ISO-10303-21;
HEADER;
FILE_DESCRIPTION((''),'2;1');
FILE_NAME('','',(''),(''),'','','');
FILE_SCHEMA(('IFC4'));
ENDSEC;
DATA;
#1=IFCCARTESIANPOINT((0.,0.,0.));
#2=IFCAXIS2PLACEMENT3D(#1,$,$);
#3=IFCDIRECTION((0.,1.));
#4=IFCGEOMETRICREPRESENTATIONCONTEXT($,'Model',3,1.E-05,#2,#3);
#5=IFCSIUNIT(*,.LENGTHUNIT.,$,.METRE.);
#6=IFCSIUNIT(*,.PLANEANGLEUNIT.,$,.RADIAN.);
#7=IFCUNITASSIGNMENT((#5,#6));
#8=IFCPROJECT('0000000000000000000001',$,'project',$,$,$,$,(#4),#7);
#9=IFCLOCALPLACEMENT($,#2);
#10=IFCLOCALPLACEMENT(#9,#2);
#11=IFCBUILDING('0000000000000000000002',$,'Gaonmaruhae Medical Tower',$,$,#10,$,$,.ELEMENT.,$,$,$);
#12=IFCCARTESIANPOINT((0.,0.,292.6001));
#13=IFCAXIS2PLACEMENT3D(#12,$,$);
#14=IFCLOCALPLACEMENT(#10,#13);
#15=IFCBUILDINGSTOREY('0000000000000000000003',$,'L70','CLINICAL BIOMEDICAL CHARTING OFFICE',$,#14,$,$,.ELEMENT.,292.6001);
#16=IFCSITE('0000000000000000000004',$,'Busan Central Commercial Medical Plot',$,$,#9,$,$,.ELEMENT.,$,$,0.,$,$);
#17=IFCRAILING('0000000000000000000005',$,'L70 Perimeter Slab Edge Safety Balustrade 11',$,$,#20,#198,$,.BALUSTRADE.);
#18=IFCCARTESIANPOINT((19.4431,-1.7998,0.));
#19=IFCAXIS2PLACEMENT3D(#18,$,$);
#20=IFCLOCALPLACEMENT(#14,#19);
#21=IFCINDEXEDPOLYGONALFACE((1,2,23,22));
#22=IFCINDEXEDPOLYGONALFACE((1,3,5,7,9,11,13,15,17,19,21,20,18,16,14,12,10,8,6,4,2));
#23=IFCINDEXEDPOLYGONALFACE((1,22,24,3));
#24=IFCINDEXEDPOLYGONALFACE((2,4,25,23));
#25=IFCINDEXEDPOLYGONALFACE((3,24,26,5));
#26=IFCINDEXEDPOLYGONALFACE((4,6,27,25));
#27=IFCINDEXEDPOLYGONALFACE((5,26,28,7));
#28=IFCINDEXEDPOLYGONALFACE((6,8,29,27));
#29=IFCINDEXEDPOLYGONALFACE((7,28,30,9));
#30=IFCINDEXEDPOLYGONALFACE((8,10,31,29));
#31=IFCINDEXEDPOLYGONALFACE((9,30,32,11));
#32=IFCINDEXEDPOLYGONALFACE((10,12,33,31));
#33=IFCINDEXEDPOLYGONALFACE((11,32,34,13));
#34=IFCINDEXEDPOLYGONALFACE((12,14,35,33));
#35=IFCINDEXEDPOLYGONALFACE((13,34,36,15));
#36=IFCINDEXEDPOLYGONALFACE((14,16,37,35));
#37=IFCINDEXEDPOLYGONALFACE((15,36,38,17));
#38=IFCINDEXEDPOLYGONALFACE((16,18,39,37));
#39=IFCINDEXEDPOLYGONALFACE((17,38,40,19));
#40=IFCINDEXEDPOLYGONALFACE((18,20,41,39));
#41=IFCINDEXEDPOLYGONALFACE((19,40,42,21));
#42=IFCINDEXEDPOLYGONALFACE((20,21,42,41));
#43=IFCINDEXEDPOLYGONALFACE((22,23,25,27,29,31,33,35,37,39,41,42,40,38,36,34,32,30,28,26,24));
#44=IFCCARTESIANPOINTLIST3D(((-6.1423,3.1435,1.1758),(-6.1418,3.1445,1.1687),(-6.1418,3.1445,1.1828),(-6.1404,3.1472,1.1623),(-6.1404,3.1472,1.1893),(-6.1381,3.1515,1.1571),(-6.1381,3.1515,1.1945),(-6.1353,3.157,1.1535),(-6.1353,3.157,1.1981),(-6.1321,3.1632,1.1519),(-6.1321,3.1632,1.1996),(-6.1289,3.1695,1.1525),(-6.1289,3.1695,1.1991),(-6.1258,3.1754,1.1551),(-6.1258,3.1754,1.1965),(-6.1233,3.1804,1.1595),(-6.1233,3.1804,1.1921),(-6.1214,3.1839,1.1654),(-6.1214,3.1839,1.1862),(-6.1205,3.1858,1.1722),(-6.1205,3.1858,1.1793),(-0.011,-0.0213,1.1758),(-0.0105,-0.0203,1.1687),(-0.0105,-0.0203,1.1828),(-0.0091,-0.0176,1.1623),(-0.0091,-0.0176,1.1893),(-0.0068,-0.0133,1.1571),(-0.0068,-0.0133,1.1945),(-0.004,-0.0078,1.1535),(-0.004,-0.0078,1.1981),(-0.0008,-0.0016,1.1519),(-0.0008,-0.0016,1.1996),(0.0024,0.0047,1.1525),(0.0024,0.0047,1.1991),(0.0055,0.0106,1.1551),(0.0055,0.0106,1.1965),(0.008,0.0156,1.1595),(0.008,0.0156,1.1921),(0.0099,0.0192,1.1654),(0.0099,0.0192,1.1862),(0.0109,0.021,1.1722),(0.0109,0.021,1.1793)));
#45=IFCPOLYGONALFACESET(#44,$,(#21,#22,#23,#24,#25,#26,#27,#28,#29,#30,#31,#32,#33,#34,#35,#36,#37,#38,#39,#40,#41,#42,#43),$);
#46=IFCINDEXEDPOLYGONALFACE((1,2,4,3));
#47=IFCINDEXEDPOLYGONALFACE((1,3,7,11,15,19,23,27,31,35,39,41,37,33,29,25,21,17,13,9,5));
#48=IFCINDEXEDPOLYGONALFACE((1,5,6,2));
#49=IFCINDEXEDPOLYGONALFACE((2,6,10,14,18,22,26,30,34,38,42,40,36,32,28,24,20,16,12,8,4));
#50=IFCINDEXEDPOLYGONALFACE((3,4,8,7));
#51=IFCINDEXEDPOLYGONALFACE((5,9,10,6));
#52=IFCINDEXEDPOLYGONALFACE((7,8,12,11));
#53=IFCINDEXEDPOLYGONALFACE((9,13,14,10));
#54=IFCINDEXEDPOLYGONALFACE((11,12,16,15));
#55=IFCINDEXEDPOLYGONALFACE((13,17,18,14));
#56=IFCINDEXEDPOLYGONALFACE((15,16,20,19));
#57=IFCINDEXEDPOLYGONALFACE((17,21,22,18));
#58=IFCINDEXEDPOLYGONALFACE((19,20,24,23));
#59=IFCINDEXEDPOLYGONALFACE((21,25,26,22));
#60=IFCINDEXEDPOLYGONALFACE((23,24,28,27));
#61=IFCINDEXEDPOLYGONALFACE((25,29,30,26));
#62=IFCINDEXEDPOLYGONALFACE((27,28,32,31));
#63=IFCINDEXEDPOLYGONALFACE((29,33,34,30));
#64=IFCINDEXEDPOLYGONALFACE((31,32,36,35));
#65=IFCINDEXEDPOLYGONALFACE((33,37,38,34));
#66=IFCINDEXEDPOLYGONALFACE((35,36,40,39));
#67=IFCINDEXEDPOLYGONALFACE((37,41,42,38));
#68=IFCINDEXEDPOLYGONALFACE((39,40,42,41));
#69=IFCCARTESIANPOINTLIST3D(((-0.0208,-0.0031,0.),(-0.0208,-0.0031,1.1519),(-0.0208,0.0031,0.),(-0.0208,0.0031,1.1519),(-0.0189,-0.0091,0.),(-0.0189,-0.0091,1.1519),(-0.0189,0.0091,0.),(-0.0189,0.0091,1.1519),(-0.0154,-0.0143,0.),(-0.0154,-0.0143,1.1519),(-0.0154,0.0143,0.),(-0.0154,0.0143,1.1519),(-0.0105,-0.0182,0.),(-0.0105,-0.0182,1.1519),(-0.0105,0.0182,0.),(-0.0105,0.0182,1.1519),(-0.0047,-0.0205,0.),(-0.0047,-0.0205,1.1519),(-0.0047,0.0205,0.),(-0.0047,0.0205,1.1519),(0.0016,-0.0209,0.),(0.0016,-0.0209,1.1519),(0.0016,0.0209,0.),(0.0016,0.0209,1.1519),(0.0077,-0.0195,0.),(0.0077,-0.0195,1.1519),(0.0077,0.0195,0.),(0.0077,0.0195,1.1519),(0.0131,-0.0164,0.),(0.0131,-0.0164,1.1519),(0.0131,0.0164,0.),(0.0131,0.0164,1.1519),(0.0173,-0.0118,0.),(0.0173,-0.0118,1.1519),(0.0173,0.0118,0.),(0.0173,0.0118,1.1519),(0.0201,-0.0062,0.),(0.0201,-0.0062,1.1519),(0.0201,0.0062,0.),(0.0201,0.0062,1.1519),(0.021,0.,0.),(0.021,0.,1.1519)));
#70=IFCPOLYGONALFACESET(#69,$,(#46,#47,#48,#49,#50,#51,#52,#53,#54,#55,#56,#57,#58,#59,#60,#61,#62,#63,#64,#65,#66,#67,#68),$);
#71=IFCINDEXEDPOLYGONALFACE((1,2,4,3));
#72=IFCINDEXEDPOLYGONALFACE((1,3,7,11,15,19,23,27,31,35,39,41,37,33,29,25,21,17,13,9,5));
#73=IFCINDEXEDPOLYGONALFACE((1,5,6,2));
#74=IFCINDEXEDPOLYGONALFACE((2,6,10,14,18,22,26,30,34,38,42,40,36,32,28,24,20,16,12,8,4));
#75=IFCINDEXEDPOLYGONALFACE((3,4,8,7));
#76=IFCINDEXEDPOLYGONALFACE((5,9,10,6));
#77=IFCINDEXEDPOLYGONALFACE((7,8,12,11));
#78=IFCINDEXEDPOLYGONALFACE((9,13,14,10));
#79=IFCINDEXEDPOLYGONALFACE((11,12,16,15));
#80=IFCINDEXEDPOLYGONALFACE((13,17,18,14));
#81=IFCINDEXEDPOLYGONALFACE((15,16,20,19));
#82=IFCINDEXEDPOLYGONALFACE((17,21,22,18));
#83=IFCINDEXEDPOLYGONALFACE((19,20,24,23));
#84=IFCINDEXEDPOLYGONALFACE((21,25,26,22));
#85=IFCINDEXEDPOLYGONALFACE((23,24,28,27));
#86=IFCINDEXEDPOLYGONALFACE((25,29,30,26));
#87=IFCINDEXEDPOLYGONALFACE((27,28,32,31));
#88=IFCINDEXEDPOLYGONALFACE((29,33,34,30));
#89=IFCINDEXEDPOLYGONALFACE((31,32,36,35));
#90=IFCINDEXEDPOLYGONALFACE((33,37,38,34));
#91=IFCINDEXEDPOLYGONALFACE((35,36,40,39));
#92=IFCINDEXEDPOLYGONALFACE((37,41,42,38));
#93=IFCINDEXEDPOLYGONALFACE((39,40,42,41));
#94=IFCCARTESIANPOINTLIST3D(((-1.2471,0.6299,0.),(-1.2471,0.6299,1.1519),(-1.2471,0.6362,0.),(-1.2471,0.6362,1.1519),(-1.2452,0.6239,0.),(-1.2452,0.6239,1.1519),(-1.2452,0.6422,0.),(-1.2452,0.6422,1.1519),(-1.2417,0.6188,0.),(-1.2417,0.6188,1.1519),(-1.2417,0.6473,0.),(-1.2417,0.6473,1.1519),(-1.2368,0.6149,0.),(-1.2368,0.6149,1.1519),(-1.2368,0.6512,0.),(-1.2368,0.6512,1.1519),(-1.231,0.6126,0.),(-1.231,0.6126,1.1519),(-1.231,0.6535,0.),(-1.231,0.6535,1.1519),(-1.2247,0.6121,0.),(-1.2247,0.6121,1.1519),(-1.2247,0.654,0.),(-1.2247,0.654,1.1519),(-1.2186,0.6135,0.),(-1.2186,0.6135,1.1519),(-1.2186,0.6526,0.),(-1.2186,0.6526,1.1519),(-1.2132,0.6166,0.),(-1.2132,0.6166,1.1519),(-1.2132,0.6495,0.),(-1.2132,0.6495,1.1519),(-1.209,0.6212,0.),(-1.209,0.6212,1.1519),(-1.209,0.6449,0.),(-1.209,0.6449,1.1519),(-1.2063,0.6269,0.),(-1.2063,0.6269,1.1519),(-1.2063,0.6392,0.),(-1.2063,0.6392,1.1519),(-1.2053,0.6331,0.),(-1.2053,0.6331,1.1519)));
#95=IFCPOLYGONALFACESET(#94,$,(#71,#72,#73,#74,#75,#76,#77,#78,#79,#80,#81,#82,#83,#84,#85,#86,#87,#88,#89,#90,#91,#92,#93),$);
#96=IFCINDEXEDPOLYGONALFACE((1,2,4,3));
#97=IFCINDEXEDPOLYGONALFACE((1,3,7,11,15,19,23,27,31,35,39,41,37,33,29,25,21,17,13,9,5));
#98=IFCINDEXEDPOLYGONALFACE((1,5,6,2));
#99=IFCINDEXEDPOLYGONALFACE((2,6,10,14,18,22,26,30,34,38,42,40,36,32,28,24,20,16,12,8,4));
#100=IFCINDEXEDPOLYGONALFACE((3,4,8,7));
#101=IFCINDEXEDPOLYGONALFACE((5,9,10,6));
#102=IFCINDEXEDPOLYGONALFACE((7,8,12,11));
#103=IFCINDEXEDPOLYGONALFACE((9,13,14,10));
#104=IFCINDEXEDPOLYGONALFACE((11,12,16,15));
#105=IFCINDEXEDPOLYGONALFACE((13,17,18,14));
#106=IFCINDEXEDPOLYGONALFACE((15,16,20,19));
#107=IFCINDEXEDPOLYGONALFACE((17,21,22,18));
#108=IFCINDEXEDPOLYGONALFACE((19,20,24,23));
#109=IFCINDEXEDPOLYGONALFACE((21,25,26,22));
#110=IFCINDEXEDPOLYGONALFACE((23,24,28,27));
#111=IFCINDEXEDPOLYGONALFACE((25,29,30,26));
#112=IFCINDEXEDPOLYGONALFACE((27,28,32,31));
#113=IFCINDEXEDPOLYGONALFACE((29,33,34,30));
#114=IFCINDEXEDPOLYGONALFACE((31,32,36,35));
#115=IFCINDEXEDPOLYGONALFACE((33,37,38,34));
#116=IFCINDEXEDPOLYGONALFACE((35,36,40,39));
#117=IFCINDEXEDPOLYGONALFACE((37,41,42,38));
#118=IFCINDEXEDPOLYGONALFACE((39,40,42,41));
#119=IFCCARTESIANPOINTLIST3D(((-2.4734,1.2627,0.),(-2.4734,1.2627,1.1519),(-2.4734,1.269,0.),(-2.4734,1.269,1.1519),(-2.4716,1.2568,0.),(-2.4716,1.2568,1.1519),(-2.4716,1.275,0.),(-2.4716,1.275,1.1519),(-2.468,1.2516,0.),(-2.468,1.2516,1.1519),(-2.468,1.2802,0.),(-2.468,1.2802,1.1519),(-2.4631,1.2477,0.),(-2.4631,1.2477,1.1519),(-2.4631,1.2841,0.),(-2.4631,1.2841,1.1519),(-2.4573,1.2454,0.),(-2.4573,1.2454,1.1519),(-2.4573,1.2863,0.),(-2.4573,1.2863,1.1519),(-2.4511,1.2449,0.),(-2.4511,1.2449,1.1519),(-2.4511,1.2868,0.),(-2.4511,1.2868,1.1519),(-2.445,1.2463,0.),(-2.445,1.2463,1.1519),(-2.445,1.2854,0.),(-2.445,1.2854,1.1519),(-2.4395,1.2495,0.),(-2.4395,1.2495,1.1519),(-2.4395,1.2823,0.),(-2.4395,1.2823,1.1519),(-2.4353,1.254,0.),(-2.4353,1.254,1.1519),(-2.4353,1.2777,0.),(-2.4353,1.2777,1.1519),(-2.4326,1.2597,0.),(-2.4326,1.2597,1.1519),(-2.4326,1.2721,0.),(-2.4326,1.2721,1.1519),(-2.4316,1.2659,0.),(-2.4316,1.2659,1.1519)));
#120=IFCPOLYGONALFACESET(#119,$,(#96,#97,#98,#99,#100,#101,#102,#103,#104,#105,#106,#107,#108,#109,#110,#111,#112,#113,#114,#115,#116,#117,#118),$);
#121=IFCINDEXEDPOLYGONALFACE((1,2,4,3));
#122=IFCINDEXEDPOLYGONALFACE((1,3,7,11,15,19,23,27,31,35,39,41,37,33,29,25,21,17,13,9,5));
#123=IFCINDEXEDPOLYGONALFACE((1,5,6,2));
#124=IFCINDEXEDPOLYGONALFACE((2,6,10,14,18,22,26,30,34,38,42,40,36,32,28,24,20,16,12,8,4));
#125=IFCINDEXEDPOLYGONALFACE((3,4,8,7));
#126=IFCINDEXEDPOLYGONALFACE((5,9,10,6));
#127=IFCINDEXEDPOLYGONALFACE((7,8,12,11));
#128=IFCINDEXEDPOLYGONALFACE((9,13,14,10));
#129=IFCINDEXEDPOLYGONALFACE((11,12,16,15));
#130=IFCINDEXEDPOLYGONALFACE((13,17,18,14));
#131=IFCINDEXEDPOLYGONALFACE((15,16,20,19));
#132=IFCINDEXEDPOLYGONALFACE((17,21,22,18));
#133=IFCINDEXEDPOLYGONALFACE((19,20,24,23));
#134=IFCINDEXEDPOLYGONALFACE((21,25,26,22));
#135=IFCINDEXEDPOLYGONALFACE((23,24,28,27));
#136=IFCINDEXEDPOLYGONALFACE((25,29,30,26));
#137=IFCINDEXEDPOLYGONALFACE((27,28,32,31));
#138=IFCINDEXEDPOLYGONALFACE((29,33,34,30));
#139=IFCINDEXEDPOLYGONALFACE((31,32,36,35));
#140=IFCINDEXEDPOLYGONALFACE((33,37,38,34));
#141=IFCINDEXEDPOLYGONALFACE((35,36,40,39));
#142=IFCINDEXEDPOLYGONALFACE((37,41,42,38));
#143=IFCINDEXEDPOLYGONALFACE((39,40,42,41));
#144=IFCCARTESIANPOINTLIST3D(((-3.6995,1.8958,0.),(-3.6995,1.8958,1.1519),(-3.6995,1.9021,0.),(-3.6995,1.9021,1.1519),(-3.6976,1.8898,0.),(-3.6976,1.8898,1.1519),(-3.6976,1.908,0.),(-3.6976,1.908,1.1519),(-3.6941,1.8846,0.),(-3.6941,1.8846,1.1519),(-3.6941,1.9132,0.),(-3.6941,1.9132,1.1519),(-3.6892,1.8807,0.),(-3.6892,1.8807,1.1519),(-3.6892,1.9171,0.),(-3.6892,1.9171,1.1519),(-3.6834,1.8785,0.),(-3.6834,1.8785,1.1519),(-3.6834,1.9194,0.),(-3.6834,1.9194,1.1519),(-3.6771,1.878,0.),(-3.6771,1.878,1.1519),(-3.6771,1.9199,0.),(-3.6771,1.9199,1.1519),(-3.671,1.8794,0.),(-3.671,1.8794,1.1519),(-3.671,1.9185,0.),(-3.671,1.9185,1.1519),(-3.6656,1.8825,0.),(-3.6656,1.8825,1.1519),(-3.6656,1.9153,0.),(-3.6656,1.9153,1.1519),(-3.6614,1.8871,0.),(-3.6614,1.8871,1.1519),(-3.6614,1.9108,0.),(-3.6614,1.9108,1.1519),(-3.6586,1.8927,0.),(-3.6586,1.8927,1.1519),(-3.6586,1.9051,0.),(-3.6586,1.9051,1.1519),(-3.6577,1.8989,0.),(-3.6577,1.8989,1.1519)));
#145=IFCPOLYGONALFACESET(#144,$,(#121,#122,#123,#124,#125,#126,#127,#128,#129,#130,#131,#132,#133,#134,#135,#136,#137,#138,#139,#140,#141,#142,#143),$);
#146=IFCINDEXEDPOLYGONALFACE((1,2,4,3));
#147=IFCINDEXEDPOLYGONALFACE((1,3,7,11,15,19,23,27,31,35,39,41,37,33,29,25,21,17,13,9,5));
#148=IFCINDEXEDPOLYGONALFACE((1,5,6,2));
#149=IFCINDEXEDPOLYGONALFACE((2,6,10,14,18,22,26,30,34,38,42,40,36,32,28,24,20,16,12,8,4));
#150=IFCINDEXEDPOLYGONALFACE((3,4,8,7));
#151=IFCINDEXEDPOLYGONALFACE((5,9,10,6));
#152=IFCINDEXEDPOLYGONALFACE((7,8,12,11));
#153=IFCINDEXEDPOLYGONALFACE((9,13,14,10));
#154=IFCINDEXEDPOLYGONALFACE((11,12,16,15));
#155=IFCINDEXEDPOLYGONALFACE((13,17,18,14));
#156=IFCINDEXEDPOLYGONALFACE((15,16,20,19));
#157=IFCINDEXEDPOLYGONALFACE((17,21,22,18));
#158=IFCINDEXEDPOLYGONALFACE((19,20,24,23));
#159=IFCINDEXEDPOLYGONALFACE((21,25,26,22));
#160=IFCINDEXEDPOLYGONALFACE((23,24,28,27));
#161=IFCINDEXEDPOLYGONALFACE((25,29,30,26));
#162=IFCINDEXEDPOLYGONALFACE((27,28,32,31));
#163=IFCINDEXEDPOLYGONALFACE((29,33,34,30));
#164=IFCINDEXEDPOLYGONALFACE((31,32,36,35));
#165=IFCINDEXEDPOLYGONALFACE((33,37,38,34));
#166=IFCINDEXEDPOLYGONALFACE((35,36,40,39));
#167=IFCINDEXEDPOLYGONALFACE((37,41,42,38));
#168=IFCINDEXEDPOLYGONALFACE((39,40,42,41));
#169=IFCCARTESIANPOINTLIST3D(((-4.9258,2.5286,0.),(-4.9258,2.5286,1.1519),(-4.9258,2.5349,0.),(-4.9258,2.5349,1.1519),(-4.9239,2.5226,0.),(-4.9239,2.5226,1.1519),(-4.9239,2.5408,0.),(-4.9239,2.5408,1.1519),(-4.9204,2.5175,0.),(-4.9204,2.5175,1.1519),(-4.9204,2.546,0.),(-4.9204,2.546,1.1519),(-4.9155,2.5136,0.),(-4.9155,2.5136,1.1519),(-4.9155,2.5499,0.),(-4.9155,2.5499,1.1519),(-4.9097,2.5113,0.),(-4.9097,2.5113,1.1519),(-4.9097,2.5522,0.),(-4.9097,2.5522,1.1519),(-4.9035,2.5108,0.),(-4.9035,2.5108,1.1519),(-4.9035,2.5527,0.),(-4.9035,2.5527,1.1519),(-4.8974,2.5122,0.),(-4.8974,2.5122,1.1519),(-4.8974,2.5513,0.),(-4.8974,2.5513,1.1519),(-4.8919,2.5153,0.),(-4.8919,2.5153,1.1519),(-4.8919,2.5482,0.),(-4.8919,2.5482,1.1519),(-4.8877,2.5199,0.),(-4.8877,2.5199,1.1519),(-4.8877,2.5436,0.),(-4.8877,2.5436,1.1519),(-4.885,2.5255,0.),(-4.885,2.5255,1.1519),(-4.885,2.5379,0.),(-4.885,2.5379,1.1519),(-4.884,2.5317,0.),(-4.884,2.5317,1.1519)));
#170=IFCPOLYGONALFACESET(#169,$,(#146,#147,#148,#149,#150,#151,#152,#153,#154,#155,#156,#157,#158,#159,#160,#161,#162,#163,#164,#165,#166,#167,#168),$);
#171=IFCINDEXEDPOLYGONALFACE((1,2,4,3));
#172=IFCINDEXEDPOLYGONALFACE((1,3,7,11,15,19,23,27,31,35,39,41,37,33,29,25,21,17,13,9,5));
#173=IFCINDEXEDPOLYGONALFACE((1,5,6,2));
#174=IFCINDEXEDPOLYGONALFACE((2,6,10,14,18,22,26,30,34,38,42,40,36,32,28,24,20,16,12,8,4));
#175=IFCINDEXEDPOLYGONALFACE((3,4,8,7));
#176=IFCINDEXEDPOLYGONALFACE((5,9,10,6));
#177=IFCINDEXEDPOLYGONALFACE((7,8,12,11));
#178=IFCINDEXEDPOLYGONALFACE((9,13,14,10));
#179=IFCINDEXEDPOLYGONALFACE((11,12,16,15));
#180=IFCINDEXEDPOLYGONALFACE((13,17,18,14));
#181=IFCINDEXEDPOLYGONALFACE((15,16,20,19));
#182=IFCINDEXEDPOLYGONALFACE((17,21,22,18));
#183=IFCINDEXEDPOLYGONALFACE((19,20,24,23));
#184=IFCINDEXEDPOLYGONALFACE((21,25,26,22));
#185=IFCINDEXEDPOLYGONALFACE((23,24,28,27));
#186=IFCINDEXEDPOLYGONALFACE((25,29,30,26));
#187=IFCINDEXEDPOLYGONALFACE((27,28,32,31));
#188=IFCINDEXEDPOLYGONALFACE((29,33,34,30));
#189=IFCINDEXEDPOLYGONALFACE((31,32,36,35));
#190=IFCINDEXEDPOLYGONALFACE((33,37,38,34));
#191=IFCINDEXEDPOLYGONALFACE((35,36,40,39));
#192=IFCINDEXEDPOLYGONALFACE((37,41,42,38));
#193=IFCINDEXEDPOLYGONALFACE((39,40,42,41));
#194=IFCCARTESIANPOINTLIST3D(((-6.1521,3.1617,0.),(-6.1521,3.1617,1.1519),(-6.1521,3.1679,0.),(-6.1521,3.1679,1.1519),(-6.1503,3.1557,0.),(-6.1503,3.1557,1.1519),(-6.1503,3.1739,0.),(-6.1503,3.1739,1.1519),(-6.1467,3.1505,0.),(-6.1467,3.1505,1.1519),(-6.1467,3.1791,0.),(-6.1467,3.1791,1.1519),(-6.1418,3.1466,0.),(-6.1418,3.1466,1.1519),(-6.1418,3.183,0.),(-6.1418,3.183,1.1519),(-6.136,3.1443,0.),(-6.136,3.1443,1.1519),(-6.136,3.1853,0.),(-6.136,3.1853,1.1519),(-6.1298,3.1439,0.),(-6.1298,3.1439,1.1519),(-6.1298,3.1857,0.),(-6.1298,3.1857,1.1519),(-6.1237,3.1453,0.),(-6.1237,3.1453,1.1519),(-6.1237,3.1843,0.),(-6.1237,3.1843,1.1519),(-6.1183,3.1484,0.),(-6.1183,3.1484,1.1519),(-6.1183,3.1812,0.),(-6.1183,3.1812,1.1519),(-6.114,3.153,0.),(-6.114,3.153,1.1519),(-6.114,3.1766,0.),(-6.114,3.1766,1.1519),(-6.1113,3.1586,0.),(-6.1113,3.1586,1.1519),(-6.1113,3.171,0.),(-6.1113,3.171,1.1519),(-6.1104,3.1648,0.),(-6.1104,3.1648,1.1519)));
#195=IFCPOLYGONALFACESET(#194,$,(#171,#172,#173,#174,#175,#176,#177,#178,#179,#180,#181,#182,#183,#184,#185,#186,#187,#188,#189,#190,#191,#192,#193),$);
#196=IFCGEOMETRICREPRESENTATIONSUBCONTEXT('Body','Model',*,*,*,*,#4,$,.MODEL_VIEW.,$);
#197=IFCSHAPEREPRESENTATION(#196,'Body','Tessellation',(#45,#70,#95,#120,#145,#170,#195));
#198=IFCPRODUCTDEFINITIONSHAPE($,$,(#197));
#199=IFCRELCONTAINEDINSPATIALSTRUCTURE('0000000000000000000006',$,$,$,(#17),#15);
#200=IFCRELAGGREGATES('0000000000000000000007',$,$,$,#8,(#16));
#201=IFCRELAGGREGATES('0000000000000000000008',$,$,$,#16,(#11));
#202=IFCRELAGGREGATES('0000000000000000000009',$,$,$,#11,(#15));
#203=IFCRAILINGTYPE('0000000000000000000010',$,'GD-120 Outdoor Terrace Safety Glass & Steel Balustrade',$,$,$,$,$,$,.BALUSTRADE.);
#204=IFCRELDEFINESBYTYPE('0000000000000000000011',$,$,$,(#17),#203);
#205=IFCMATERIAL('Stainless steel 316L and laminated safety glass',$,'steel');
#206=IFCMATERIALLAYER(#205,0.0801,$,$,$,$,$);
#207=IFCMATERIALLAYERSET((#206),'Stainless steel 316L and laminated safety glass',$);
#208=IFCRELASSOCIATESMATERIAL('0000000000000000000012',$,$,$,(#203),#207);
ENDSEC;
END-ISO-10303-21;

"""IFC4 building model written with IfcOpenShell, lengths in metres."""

from ifc_helpers import new_model, si_unit, direction, frame, origin, origin_2d, place, context, subcontext, project, spatial, circle, extrude, material, layer, layer_set, type_object, element, save


model = new_model("IFC4")

# Units and contexts
model_context = context("Model", 3, precision=1e-05, world=origin(), true_north=direction((0.0, 1.0)))
body_context = subcontext(model_context, "Body", "Model", "MODEL_VIEW")
ifc_project = project(units=[si_unit("LENGTHUNIT", "METRE"), si_unit("PLANEANGLEUNIT", "RADIAN")], contexts=[model_context])

# Site, building, storey
site_placement = place(None, origin())
site = spatial("IfcSite", under=ifc_project, at=site_placement, Name="Busan Central Commercial Medical Plot", CompositionType="ELEMENT", RefElevation=0.0)
building_placement = place(site_placement, origin())
building = spatial("IfcBuilding", under=site, at=building_placement, Name="Gaonmaruhae Medical Tower", CompositionType="ELEMENT")
storey_placement = place(building_placement, frame((0.0, 0.0, 292.6001)))
storey = spatial("IfcBuildingStorey", under=building, at=storey_placement, Name="L70", Description="CLINICAL BIOMEDICAL CHARTING OFFICE", CompositionType="ELEMENT", Elevation=292.6001)

# Railing
ifc_material_1 = material(Name="Stainless steel 316L and laminated safety glass", Category="steel")
ifc_layer_1 = layer(ifc_material_1, 0.0801)
ifc_layer_set_1 = layer_set([ifc_layer_1], Name="Stainless steel 316L and laminated safety glass")
railing_type = type_object("IfcRailingType", Name="GD-120 Outdoor Terrace Safety Glass & Steel Balustrade", PredefinedType="BALUSTRADE", material=ifc_layer_set_1)
railing_1_placement = place(storey_placement, frame((19.4431, -1.7998, 0.0)))
element("IfcRailing", 1, at=railing_1_placement, inside=storey, type_object=railing_type, Name="L70 Perimeter Slab Edge Safety Balustrade 11", PredefinedType="BALUSTRADE", context=body_context, shape_type="SweptSolid", body=[
    extrude(circle(Radius=0.0239, at=origin_2d()), frame((0.0, 0.0, 1.1758), z_axis=(-0.888607, 0.458669, 0.0), x_axis=(-0.458669, -0.888607, 0.0)), (0.0, 0.0, 1.0), 6.8999),
    extrude(circle(Radius=0.021, at=origin_2d()), origin(), (0.0, 0.0, 1.0), 1.1519),
    extrude(circle(Radius=0.021, at=origin_2d()), frame((-1.2263, 0.6331, 0.0)), (0.0, 0.0, 1.0), 1.1519),
    extrude(circle(Radius=0.021, at=origin_2d()), frame((-2.4526, 1.2659, 0.0)), (0.0, 0.0, 1.0), 1.1519),
    extrude(circle(Radius=0.021, at=origin_2d()), frame((-3.6787, 1.8989, 0.0)), (0.0, 0.0, 1.0), 1.1519),
    extrude(circle(Radius=0.021, at=origin_2d()), frame((-4.905, 2.5317, 0.0)), (0.0, 0.0, 1.0), 1.1519),
    extrude(circle(Radius=0.021, at=origin_2d()), frame((-6.1313, 3.1648, 0.0)), (0.0, 0.0, 1.0), 1.1519),
])

save(model, "model.ifc")
